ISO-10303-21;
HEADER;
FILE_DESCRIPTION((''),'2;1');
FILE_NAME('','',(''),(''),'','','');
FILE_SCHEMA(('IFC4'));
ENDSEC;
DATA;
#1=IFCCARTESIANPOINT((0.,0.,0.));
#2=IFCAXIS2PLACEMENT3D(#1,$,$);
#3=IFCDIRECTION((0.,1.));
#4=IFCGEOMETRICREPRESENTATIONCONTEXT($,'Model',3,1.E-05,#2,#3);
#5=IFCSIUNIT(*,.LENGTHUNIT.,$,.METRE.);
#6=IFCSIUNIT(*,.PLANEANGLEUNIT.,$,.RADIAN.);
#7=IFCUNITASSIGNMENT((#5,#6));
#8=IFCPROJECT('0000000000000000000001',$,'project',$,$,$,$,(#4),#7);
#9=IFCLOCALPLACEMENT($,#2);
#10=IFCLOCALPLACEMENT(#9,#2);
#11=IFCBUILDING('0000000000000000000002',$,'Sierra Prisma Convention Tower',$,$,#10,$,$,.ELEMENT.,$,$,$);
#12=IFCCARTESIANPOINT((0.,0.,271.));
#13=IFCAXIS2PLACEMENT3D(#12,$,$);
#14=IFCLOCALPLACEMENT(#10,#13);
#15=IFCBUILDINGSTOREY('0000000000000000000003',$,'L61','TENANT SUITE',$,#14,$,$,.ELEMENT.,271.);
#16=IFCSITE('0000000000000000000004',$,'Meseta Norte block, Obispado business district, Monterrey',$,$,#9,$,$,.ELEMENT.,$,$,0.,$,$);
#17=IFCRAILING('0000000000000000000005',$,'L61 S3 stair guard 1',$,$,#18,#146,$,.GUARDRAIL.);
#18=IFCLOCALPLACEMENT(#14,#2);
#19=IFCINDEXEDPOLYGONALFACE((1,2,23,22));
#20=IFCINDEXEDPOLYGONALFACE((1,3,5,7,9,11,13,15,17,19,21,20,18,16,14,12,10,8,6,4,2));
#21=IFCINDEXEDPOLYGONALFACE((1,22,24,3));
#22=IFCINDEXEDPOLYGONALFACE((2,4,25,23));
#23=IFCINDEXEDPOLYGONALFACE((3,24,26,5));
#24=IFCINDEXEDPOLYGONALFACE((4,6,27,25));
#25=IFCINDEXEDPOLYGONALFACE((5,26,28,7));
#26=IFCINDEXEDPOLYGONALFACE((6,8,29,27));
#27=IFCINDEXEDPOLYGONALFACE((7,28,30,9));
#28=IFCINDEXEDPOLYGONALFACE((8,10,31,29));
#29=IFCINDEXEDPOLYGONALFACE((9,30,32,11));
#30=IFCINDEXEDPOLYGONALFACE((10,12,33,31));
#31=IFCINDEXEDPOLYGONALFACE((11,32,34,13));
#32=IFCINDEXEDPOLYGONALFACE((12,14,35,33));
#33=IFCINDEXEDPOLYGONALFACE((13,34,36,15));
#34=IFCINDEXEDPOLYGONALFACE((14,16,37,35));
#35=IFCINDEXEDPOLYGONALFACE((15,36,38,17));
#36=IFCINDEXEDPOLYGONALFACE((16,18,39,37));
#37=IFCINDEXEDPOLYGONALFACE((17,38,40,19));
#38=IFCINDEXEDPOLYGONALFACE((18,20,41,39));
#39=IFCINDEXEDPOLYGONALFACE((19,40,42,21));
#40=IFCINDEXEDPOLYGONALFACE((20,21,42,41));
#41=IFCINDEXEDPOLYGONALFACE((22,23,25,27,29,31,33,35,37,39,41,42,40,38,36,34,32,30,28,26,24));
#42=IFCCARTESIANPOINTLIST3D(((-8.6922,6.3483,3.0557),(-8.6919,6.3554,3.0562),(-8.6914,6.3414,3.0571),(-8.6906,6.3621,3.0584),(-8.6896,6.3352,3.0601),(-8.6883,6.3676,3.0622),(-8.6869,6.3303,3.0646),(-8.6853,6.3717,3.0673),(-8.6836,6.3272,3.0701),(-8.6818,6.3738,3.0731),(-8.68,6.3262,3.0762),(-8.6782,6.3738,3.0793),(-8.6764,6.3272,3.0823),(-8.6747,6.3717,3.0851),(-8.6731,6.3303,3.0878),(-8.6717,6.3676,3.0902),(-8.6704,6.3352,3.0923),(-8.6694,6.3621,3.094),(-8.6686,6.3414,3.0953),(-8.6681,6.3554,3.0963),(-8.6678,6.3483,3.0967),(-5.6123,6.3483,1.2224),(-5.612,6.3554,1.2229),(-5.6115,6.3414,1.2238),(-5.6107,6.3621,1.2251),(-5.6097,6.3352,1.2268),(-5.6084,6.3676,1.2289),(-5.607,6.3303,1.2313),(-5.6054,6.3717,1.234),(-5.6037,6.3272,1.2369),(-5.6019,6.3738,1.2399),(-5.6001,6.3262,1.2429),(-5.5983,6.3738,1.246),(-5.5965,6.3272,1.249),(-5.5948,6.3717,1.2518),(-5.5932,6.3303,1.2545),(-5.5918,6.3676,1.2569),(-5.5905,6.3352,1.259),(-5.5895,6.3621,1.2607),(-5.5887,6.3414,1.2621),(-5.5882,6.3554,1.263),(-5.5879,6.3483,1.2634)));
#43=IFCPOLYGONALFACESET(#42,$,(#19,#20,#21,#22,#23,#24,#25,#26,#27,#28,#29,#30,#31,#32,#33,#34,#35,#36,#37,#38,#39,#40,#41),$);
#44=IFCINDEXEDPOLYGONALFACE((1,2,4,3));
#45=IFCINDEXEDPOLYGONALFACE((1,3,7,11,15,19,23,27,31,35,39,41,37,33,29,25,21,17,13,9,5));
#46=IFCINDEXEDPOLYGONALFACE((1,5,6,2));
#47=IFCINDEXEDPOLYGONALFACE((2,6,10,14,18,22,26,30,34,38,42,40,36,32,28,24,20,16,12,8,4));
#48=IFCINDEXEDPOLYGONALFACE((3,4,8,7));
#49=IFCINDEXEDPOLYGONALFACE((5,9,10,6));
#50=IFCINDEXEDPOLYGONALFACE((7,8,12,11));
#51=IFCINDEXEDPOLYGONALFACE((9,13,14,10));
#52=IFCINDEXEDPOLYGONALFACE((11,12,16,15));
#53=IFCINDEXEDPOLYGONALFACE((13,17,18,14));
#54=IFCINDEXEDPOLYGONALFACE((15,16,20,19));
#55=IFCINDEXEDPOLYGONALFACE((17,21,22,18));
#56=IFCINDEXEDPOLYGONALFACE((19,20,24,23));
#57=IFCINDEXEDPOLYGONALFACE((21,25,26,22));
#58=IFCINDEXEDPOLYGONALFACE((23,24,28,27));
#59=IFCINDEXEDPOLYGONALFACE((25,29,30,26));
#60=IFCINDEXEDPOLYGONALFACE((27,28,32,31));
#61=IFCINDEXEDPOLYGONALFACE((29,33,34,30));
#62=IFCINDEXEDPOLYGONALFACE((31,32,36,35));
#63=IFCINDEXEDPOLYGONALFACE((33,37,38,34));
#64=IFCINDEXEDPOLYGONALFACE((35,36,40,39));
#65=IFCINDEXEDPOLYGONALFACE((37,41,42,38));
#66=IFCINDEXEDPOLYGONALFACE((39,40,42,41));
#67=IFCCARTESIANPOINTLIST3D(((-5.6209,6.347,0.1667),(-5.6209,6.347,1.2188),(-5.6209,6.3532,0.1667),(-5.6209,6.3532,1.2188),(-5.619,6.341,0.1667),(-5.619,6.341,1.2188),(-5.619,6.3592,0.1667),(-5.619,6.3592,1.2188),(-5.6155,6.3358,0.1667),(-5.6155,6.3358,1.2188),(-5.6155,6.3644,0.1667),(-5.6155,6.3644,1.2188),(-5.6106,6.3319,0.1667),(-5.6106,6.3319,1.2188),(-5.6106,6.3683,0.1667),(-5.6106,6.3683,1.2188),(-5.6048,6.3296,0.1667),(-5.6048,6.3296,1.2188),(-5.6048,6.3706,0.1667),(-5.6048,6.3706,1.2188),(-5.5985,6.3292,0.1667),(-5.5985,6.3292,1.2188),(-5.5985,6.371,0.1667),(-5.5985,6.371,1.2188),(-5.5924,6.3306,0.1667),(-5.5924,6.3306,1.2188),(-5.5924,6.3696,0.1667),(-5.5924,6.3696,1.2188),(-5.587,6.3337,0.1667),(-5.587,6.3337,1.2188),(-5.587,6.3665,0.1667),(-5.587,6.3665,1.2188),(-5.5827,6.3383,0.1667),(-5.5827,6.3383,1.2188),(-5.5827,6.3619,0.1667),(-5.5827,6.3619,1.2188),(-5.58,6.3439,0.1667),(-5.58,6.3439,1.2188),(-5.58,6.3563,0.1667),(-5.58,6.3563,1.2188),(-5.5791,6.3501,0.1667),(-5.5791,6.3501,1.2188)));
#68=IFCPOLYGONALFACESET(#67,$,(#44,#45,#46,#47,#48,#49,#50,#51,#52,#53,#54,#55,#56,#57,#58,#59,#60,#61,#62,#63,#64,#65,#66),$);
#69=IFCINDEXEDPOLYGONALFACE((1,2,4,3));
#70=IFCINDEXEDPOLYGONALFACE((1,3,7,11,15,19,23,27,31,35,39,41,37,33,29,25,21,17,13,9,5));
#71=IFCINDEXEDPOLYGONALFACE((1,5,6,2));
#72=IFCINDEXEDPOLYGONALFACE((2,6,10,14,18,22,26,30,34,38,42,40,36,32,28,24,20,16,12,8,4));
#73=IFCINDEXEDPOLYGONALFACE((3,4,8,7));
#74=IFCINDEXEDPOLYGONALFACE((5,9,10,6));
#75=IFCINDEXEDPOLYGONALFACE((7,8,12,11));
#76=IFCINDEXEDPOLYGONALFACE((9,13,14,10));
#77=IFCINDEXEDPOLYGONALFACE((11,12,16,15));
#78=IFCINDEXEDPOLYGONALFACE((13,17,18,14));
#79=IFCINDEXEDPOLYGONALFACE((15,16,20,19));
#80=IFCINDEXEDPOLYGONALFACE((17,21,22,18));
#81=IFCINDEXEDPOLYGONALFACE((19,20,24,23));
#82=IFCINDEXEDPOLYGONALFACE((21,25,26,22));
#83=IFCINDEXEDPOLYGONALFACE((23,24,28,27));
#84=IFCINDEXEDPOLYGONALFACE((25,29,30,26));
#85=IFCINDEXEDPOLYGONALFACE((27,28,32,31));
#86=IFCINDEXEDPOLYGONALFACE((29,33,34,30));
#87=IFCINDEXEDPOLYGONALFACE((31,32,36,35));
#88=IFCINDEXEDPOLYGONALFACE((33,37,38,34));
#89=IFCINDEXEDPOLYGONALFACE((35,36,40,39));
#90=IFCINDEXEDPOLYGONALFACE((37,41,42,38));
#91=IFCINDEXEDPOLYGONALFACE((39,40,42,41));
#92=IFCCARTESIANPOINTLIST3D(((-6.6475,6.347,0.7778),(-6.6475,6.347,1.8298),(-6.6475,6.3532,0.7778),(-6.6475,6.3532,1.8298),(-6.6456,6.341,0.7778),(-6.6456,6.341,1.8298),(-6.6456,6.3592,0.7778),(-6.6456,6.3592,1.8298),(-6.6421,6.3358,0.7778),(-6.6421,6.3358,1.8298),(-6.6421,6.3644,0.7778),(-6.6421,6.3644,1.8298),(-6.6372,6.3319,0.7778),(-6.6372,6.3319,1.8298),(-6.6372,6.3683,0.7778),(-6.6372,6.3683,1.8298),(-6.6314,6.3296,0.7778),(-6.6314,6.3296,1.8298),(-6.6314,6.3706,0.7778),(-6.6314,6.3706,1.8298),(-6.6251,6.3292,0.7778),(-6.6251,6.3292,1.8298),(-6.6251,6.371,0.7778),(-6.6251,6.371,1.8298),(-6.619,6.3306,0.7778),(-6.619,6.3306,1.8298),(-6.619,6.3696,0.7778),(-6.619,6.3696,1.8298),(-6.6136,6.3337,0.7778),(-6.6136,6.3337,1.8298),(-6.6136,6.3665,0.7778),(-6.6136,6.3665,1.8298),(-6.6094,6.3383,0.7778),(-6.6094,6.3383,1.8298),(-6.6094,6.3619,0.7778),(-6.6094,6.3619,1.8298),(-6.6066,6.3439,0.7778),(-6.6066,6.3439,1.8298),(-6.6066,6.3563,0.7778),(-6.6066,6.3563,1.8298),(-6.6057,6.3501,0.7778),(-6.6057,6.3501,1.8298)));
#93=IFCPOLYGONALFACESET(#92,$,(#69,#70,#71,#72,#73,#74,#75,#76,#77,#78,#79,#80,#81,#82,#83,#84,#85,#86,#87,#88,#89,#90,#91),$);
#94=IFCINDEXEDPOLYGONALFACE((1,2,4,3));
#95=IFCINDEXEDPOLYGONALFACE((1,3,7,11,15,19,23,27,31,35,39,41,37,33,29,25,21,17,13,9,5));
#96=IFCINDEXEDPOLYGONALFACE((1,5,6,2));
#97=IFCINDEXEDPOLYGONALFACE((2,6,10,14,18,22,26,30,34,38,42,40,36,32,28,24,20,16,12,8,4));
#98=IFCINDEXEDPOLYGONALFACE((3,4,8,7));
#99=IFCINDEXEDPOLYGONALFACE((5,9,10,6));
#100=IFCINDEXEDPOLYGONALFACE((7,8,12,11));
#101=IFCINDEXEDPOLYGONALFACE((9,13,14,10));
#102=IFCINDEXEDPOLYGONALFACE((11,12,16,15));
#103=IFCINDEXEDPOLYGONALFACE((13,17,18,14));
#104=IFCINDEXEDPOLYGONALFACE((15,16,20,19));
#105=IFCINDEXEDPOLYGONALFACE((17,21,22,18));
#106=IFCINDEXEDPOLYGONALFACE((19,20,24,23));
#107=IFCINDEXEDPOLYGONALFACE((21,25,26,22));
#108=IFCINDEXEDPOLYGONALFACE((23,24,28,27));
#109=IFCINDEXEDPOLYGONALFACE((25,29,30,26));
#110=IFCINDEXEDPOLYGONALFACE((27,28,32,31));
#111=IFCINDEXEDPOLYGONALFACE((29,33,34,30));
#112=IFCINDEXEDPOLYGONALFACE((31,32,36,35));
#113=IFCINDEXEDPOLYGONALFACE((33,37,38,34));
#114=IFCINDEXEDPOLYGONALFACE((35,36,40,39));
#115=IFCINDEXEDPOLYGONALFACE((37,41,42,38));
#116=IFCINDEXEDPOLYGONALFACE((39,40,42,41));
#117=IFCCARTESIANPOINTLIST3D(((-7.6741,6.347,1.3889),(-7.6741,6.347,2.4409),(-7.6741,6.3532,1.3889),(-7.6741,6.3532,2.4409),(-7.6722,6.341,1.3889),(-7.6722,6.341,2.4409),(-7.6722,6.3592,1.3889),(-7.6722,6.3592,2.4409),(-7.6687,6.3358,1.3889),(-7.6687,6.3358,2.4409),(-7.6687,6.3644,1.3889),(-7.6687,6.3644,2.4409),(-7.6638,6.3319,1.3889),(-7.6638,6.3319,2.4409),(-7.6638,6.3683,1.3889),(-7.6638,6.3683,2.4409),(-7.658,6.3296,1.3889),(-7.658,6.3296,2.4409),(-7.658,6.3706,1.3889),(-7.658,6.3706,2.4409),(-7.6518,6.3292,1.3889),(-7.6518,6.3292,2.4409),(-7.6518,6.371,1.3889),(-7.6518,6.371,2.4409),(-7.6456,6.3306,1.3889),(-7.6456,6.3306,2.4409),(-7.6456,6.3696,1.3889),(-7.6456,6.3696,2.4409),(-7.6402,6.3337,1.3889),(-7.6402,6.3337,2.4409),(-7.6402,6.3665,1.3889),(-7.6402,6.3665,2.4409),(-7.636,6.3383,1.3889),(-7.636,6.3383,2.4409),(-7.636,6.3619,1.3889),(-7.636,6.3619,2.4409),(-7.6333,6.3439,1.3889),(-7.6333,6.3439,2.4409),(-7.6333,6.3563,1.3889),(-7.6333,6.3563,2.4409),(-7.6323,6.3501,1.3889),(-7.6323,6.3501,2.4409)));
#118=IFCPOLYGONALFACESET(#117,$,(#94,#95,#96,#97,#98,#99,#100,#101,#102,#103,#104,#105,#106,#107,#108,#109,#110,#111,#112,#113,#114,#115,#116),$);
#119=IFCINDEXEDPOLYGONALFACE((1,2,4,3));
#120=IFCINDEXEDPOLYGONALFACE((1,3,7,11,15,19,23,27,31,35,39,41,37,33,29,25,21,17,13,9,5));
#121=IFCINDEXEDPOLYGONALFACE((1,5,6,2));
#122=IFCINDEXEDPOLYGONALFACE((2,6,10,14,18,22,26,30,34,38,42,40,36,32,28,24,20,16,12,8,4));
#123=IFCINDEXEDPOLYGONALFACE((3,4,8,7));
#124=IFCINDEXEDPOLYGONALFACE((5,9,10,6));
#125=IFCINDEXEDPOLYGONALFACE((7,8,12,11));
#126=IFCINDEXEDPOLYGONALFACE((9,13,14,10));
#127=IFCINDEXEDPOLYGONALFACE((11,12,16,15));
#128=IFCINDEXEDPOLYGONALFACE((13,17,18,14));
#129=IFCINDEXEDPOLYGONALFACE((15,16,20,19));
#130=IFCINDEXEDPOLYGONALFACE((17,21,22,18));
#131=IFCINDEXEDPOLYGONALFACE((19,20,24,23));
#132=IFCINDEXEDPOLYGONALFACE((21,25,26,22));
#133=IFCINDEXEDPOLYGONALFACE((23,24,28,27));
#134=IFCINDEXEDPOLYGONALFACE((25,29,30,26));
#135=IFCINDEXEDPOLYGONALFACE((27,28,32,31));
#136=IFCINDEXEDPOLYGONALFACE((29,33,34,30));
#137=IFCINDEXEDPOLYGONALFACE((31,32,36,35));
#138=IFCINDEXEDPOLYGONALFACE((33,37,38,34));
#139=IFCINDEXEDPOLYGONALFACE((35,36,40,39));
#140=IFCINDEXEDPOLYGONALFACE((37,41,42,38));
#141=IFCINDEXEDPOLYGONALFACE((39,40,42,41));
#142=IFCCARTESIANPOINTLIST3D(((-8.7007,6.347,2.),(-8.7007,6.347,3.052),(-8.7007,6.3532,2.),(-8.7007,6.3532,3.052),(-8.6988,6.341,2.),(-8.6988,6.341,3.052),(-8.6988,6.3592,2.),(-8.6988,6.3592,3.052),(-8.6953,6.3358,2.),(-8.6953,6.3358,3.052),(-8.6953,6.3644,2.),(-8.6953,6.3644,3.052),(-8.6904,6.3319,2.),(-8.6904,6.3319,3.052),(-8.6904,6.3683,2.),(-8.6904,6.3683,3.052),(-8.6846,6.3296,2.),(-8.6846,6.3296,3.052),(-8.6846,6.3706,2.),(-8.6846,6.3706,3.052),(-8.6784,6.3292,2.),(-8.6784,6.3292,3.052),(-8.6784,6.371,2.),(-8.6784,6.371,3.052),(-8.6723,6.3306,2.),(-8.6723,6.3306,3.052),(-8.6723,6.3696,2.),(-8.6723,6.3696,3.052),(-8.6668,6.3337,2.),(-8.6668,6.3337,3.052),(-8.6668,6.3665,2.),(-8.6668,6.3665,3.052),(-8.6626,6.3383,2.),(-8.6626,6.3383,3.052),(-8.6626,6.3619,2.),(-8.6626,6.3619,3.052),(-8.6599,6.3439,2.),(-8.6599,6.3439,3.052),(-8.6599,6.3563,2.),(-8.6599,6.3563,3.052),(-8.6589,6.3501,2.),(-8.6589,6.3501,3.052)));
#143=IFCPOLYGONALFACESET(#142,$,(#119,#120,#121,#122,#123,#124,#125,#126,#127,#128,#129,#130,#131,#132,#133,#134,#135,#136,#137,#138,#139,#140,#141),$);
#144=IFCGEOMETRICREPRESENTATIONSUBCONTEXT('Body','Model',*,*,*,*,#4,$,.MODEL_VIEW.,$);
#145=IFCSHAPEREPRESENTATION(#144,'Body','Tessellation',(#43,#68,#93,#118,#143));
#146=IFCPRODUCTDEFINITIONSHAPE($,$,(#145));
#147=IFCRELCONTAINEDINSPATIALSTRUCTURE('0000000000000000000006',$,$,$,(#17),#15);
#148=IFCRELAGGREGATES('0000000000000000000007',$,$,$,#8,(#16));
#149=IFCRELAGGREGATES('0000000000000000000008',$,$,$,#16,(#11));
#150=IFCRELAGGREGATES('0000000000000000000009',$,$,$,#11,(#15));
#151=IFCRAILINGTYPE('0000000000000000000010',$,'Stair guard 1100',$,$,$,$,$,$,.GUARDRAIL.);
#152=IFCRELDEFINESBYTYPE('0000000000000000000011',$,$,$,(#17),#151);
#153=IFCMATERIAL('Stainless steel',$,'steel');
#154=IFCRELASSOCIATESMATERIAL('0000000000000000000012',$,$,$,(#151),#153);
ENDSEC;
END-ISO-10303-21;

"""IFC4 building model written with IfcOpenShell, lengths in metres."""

from ifc_helpers import new_model, si_unit, direction, frame, origin, origin_2d, place, context, subcontext, project, spatial, circle, extrude, material, type_object, element, save


model = new_model("IFC4")

# Units and contexts
model_context = context("Model", 3, precision=1e-05, world=origin(), true_north=direction((0.0, 1.0)))
body_context = subcontext(model_context, "Body", "Model", "MODEL_VIEW")
ifc_project = project(units=[si_unit("LENGTHUNIT", "METRE"), si_unit("PLANEANGLEUNIT", "RADIAN")], contexts=[model_context])

# Site, building, storey
site_placement = place(None, origin())
site = spatial("IfcSite", under=ifc_project, at=site_placement, Name="Meseta Norte block, Obispado business district, Monterrey", CompositionType="ELEMENT", RefElevation=0.0)
building_placement = place(site_placement, origin())
building = spatial("IfcBuilding", under=site, at=building_placement, Name="Sierra Prisma Convention Tower", CompositionType="ELEMENT")
storey_placement = place(building_placement, frame((0.0, 0.0, 271.0)))
storey = spatial("IfcBuildingStorey", under=building, at=storey_placement, Name="L61", Description="TENANT SUITE", CompositionType="ELEMENT", Elevation=271.0)

# Railing
ifc_material_1 = material(Name="Stainless steel", Category="steel")
railing_type_1 = type_object("IfcRailingType", Name="Stair guard 1100", PredefinedType="GUARDRAIL", material=ifc_material_1)
railing_1_placement = place(storey_placement, frame((-5.6001, 6.3501, 0.1667)))
element("IfcRailing", 1, at=railing_1_placement, inside=storey, type_object=railing_type_1, Name="L61 S3 stair guard 1", PredefinedType="GUARDRAIL", context=body_context, shape_type="SweptSolid", body=[
    extrude(circle(Radius=0.0239, at=origin_2d()), frame((0.0, 0.0, 1.0762), z_axis=(-0.859291, 0.0, 0.511487), x_axis=(0.0, -1.0, 0.0)), (0.0, 0.0, 1.0), 3.5842),
    extrude(circle(Radius=0.021, at=origin_2d()), origin(), (0.0, 0.0, 1.0), 1.052),
    extrude(circle(Radius=0.021, at=origin_2d()), frame((-1.0266, 0.0, 0.6111)), (0.0, 0.0, 1.0), 1.052),
    extrude(circle(Radius=0.021, at=origin_2d()), frame((-2.0532, 0.0, 1.2222)), (0.0, 0.0, 1.0), 1.052),
    extrude(circle(Radius=0.021, at=origin_2d()), frame((-3.0798, 0.0, 1.8333)), (0.0, 0.0, 1.0), 1.052),
])

save(model, "model.ifc")
